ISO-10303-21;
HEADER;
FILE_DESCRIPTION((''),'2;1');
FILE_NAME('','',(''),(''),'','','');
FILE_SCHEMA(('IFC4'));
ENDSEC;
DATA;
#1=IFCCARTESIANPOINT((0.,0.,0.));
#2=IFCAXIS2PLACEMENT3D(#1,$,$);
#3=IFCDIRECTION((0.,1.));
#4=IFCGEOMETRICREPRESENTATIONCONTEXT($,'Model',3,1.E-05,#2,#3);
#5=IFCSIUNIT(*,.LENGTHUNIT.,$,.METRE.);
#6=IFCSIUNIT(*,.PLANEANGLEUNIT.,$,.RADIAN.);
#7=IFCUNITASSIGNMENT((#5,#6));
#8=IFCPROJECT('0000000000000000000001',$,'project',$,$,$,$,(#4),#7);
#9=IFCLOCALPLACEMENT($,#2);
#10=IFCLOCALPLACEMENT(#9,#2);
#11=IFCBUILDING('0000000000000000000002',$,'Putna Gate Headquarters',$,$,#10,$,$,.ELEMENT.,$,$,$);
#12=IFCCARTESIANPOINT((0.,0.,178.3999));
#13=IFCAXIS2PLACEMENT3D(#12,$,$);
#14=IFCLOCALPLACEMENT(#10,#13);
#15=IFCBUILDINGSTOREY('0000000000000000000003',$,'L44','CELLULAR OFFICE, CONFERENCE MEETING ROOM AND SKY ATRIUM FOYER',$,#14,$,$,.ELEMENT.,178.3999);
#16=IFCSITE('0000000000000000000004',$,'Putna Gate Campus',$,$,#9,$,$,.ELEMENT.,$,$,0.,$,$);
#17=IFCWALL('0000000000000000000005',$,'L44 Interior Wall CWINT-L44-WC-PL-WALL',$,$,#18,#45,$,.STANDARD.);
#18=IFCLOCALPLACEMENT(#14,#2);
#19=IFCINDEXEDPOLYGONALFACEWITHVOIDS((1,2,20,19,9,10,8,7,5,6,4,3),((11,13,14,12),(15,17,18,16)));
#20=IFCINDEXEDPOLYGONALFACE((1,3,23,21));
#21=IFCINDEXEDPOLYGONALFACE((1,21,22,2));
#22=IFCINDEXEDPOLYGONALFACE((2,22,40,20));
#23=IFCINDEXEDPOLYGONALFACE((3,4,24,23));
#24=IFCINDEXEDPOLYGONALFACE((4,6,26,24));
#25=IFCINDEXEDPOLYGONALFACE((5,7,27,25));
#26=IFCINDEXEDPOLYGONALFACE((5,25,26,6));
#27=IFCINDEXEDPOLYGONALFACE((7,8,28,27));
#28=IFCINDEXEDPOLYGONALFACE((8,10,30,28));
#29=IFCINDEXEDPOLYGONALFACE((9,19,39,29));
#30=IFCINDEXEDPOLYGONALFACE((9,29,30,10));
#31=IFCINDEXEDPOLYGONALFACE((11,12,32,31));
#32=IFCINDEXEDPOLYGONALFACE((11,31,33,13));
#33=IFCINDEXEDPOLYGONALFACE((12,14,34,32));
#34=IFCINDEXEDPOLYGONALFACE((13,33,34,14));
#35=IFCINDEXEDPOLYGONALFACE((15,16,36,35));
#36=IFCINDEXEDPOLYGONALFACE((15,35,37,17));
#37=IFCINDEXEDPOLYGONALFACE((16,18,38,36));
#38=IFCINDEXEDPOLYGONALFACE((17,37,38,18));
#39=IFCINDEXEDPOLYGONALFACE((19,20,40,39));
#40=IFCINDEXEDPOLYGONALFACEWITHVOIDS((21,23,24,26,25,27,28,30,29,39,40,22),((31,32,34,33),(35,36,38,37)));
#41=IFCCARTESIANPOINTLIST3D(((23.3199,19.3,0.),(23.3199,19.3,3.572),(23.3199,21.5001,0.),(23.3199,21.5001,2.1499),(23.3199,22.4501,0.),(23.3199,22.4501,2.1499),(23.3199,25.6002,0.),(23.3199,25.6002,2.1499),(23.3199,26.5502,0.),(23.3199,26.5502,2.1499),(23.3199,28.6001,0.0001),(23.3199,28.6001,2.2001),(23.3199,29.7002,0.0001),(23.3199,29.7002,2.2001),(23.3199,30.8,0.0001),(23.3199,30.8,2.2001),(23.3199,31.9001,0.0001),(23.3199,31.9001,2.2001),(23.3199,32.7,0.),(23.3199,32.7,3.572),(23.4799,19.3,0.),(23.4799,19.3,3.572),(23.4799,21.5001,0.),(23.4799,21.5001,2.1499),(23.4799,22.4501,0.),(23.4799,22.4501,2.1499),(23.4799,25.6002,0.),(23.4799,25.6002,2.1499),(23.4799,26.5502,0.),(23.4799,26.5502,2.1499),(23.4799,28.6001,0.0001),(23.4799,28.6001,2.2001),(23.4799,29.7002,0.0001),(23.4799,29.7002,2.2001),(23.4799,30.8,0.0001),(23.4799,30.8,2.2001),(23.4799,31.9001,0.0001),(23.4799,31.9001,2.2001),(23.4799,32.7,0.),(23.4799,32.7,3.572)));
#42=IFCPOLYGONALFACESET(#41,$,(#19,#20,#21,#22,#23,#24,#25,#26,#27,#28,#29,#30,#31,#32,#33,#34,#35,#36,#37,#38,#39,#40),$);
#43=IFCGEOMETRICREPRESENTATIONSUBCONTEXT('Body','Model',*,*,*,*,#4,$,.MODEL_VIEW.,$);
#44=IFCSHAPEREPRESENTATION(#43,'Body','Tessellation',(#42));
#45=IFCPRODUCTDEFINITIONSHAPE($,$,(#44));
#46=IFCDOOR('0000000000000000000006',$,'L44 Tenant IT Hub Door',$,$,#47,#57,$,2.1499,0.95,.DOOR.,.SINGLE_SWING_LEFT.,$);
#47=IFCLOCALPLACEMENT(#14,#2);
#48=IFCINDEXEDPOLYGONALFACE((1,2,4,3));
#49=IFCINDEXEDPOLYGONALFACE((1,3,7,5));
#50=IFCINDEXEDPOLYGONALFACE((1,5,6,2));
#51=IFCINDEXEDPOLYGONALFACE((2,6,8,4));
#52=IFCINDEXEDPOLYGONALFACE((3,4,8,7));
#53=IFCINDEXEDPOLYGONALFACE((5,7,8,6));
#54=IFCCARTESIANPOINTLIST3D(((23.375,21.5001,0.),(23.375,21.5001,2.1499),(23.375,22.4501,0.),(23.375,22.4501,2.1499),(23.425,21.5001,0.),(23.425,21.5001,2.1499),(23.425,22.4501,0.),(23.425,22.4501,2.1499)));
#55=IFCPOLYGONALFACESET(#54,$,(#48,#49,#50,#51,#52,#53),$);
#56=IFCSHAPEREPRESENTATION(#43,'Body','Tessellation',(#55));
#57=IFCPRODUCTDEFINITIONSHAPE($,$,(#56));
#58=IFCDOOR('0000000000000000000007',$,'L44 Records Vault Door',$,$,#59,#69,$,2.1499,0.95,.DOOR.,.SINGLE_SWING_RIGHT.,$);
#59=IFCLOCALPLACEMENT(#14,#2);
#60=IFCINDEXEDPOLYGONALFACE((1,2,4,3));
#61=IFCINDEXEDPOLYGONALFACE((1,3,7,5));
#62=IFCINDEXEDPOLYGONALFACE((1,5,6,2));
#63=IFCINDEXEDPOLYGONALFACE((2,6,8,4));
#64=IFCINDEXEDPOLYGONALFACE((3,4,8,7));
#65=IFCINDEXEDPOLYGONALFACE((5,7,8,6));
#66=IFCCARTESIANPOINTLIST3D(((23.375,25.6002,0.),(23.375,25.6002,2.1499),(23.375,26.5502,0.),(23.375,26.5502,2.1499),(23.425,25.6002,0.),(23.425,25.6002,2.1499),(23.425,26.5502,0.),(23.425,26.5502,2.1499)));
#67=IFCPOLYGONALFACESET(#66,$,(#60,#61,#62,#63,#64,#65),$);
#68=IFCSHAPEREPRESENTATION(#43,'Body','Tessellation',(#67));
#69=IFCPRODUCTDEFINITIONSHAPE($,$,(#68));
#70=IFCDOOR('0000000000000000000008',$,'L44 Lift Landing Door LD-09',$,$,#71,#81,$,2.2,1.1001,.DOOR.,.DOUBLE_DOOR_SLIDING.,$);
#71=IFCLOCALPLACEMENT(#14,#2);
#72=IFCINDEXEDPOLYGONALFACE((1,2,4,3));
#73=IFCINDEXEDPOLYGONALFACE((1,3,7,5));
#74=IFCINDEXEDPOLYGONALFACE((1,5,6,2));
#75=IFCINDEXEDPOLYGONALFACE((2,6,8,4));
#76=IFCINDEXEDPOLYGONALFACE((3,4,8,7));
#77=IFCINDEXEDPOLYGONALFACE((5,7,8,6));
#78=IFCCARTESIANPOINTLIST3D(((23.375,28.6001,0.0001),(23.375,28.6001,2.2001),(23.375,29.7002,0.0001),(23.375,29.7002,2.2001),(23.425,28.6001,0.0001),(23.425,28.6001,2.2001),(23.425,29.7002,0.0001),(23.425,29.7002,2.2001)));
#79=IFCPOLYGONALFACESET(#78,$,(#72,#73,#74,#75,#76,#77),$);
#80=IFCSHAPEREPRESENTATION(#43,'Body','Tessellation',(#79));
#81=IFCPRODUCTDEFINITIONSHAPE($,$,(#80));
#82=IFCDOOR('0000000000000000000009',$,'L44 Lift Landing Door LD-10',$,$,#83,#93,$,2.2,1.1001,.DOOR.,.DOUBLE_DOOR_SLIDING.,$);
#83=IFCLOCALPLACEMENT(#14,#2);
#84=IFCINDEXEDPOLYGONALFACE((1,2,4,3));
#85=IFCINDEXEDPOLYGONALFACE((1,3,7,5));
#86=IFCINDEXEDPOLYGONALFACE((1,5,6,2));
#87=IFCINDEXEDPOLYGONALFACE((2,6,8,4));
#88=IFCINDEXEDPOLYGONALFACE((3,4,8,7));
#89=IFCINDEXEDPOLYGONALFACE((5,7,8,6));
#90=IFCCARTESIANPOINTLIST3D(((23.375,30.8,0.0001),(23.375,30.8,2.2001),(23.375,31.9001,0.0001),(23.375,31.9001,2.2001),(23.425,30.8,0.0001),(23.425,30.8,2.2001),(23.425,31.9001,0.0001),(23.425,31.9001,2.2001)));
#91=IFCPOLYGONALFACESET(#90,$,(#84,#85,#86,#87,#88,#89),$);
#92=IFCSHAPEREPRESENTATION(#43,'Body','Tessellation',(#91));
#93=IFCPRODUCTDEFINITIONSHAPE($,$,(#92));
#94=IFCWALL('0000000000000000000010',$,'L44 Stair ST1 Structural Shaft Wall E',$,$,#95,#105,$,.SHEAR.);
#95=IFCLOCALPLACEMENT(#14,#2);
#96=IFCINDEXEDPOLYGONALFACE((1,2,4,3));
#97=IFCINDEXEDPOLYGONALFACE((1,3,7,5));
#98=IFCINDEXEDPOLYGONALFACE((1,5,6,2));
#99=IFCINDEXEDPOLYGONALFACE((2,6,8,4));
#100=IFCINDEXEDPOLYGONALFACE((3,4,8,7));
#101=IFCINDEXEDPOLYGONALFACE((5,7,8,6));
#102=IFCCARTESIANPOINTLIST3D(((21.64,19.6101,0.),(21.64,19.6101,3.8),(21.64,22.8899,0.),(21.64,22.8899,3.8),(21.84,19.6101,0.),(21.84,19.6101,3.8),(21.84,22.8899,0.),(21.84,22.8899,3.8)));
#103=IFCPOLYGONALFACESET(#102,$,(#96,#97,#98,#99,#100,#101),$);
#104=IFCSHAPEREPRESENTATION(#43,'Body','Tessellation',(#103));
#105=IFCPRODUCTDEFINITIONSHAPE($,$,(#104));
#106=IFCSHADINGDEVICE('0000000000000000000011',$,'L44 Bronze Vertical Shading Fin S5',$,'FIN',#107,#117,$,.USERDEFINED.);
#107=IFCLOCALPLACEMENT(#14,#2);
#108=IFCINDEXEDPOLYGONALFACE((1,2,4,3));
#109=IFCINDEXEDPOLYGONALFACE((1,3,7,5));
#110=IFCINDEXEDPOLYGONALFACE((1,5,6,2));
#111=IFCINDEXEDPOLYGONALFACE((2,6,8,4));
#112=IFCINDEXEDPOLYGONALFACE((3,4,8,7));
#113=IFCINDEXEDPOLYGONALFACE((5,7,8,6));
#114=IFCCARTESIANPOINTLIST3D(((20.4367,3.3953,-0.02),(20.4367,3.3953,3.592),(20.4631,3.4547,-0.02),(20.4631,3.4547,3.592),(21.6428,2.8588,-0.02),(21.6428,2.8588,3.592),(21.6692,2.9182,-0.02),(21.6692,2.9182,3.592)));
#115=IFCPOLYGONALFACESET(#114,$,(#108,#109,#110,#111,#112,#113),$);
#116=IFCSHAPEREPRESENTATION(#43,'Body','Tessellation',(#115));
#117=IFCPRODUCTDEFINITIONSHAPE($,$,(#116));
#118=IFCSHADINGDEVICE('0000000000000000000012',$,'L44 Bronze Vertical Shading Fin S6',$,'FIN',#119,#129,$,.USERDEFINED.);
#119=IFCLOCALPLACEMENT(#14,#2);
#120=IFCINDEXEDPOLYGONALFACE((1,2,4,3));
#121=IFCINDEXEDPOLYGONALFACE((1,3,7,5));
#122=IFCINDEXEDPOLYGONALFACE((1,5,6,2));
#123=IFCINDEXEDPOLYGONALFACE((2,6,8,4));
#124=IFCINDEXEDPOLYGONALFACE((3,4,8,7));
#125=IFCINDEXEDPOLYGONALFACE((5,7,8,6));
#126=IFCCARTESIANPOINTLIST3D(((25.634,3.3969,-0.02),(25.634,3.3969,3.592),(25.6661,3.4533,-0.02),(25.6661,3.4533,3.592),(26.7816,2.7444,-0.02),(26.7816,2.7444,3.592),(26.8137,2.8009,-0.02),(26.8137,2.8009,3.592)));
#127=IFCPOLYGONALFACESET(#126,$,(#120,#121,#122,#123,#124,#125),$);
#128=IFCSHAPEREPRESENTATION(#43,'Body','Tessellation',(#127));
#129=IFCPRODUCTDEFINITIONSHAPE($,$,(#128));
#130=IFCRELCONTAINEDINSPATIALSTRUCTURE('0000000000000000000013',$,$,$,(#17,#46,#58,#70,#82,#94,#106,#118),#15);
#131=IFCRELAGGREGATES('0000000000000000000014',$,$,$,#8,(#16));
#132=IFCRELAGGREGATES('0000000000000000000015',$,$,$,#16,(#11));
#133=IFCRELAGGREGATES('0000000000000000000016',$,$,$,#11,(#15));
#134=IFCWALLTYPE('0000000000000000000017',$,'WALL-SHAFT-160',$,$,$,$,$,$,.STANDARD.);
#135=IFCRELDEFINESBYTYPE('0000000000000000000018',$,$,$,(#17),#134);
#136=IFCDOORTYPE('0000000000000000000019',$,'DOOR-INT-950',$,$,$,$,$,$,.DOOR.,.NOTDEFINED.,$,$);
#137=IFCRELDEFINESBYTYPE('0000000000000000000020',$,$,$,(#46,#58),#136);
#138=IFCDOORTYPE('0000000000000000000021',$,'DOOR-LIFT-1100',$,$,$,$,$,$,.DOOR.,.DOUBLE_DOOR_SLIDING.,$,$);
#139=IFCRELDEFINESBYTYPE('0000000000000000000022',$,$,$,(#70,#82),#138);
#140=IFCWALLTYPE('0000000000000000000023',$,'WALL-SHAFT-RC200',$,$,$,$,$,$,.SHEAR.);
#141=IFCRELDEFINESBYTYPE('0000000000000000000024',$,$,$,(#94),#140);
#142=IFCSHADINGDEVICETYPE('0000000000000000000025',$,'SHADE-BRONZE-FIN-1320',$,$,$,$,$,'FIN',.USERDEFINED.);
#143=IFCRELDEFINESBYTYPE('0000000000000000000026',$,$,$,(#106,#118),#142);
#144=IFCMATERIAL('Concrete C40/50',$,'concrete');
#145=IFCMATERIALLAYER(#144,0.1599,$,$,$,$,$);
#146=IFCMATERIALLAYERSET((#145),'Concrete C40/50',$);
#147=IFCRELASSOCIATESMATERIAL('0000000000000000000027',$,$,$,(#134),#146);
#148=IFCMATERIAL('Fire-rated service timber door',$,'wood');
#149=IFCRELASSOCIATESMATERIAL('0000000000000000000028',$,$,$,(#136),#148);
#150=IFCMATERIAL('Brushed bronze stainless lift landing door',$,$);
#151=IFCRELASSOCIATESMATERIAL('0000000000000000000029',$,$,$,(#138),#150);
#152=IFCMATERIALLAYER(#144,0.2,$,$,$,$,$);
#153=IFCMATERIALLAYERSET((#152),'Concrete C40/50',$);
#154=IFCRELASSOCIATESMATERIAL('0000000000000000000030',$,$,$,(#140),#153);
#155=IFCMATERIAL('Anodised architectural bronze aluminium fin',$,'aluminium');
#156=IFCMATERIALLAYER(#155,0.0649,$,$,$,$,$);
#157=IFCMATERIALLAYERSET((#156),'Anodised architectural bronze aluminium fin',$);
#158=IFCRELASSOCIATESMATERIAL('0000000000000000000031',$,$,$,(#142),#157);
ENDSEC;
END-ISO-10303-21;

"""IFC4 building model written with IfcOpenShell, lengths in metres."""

from ifc_helpers import new_model, si_unit, direction, frame, frame_2d, origin, origin_2d, place, context, subcontext, project, spatial, rectangle, extrude, material, layer, layer_set, type_object, element, fill, save


model = new_model("IFC4")

# Units and contexts
model_context = context("Model", 3, precision=1e-05, world=origin(), true_north=direction((0.0, 1.0)))
body_context = subcontext(model_context, "Body", "Model", "MODEL_VIEW")
ifc_project = project(units=[si_unit("LENGTHUNIT", "METRE"), si_unit("PLANEANGLEUNIT", "RADIAN")], contexts=[model_context])

# Site, building, storey
site_placement = place(None, origin())
site = spatial("IfcSite", under=ifc_project, at=site_placement, Name="Putna Gate Campus", CompositionType="ELEMENT", RefElevation=0.0)
building_placement = place(site_placement, origin())
building = spatial("IfcBuilding", under=site, at=building_placement, Name="Putna Gate Headquarters", CompositionType="ELEMENT")
storey_placement = place(building_placement, frame((0.0, 0.0, 178.3999)))
storey = spatial("IfcBuildingStorey", under=building, at=storey_placement, Name="L44", Description="CELLULAR OFFICE, CONFERENCE MEETING ROOM AND SKY ATRIUM FOYER", CompositionType="ELEMENT", Elevation=178.3999)

# Wall, openings, doors
ifc_material_1 = material(Name="Concrete C40/50", Category="concrete")
ifc_layer_1 = layer(ifc_material_1, 0.1599)
ifc_layer_set_1 = layer_set([ifc_layer_1], Name="Concrete C40/50")
wall_type_1 = type_object("IfcWallType", Name="WALL-SHAFT-160", PredefinedType="STANDARD", material=ifc_layer_set_1)
wall_1_placement = place(storey_placement, frame((23.3999, 19.3, 0.0), z_axis=(0.0, 0.0, 1.0), x_axis=(0.0, 1.0, 0.0)))
wall_1 = element("IfcWall", 1, at=wall_1_placement, inside=storey, type_object=wall_type_1, Name="L44 Interior Wall CWINT-L44-WC-PL-WALL", PredefinedType="STANDARD", context=body_context, shape_type="SweptSolid", body=[
    extrude(rectangle(XDim=13.3999, YDim=0.1599, at=frame_2d((6.7, 0.0))), origin(), (0.0, 0.0, 1.0), 3.572),
])
opening_1_placement = place(wall_1_placement, frame((2.2, 0.0, 0.0)))
opening_1 = element("IfcOpeningElement", 2, at=opening_1_placement, cuts=wall_1, PredefinedType="OPENING", context=body_context, shape_type="SweptSolid", body=[
    extrude(rectangle(XDim=0.95, YDim=2.1499, at=frame_2d((0.4751, 1.075))), frame((0.0, 0.0898, 0.0), z_axis=(0.0, -1.0, 0.0), x_axis=(1.0, 0.0, 0.0)), (0.0, 0.0, 1.0), 0.1799),
])
opening_2_placement = place(wall_1_placement, frame((6.3, 0.0, 0.0)))
opening_2 = element("IfcOpeningElement", 3, at=opening_2_placement, cuts=wall_1, PredefinedType="OPENING", context=body_context, shape_type="SweptSolid", body=[
    extrude(rectangle(XDim=0.95, YDim=2.1499, at=frame_2d((0.4751, 1.075))), frame((0.0, 0.0898, 0.0), z_axis=(0.0, -1.0, 0.0), x_axis=(1.0, 0.0, 0.0)), (0.0, 0.0, 1.0), 0.1799),
])
opening_3_placement = place(wall_1_placement, frame((9.3, 0.0, 0.0)))
opening_3 = element("IfcOpeningElement", 4, at=opening_3_placement, cuts=wall_1, PredefinedType="OPENING", context=body_context, shape_type="SweptSolid", body=[
    extrude(rectangle(XDim=1.1001, YDim=2.2, at=frame_2d((0.55, 1.1001))), frame((0.0, 0.0898, 0.0), z_axis=(0.0, -1.0, 0.0), x_axis=(1.0, 0.0, 0.0)), (0.0, 0.0, 1.0), 0.1799),
])
opening_4_placement = place(wall_1_placement, frame((11.5, 0.0, 0.0)))
opening_4 = element("IfcOpeningElement", 5, at=opening_4_placement, cuts=wall_1, PredefinedType="OPENING", context=body_context, shape_type="SweptSolid", body=[
    extrude(rectangle(XDim=1.1001, YDim=2.2, at=frame_2d((0.55, 1.1001))), frame((0.0, 0.0898, 0.0), z_axis=(0.0, -1.0, 0.0), x_axis=(1.0, 0.0, 0.0)), (0.0, 0.0, 1.0), 0.1799),
])
ifc_material_2 = material(Name="Fire-rated service timber door", Category="wood")
door_type_1 = type_object("IfcDoorType", Name="DOOR-INT-950", OperationType="NOTDEFINED", PredefinedType="DOOR", material=ifc_material_2)
door_1_placement = place(opening_1_placement, origin())
door_1 = element("IfcDoor", 6, at=door_1_placement, inside=storey, type_object=door_type_1, Name="L44 Tenant IT Hub Door", OperationType="SINGLE_SWING_LEFT", OverallHeight=2.1499, OverallWidth=0.95, PredefinedType="DOOR", context=body_context, shape_type="SweptSolid", body=[
    extrude(rectangle(XDim=0.95, YDim=2.1499, at=frame_2d((0.4751, 1.075))), frame((0.0, 0.0249, 0.0), z_axis=(0.0, -1.0, 0.0), x_axis=(1.0, 0.0, 0.0)), (0.0, 0.0, 1.0), 0.05),
])
fill(opening_1, door_1)
door_2_placement = place(opening_2_placement, origin())
door_2 = element("IfcDoor", 7, at=door_2_placement, inside=storey, type_object=door_type_1, Name="L44 Records Vault Door", OperationType="SINGLE_SWING_RIGHT", OverallHeight=2.1499, OverallWidth=0.95, PredefinedType="DOOR", context=body_context, shape_type="SweptSolid", body=[
    extrude(rectangle(XDim=0.95, YDim=2.1499, at=frame_2d((0.4751, 1.075))), frame((0.0, 0.0249, 0.0), z_axis=(0.0, -1.0, 0.0), x_axis=(1.0, 0.0, 0.0)), (0.0, 0.0, 1.0), 0.05),
])
fill(opening_2, door_2)
ifc_material_3 = material(Name="Brushed bronze stainless lift landing door")
door_type_2 = type_object("IfcDoorType", Name="DOOR-LIFT-1100", OperationType="DOUBLE_DOOR_SLIDING", PredefinedType="DOOR", material=ifc_material_3)
door_3_placement = place(opening_3_placement, origin())
door_3 = element("IfcDoor", 8, at=door_3_placement, inside=storey, type_object=door_type_2, Name="L44 Lift Landing Door LD-09", OperationType="DOUBLE_DOOR_SLIDING", OverallHeight=2.2, OverallWidth=1.1001, PredefinedType="DOOR", context=body_context, shape_type="SweptSolid", body=[
    extrude(rectangle(XDim=1.1001, YDim=2.2, at=frame_2d((0.55, 1.1001))), frame((0.0, 0.0249, 0.0), z_axis=(0.0, -1.0, 0.0), x_axis=(1.0, 0.0, 0.0)), (0.0, 0.0, 1.0), 0.05),
])
fill(opening_3, door_3)
door_4_placement = place(opening_4_placement, origin())
door_4 = element("IfcDoor", 9, at=door_4_placement, inside=storey, type_object=door_type_2, Name="L44 Lift Landing Door LD-10", OperationType="DOUBLE_DOOR_SLIDING", OverallHeight=2.2, OverallWidth=1.1001, PredefinedType="DOOR", context=body_context, shape_type="SweptSolid", body=[
    extrude(rectangle(XDim=1.1001, YDim=2.2, at=frame_2d((0.55, 1.1001))), frame((0.0, 0.0249, 0.0), z_axis=(0.0, -1.0, 0.0), x_axis=(1.0, 0.0, 0.0)), (0.0, 0.0, 1.0), 0.05),
])
fill(opening_4, door_4)

# Wall
ifc_layer_2 = layer(ifc_material_1, 0.2)
ifc_layer_set_2 = layer_set([ifc_layer_2], Name="Concrete C40/50")
wall_type_2 = type_object("IfcWallType", Name="WALL-SHAFT-RC200", PredefinedType="SHEAR", material=ifc_layer_set_2)
wall_2_placement = place(storey_placement, frame((21.74, 19.6101, 0.0), z_axis=(0.0, 0.0, 1.0), x_axis=(0.0, 1.0, 0.0)))
element("IfcWall", 10, at=wall_2_placement, inside=storey, type_object=wall_type_2, Name="L44 Stair ST1 Structural Shaft Wall E", PredefinedType="SHEAR", context=body_context, shape_type="SweptSolid", body=[
    extrude(rectangle(XDim=3.2798, YDim=0.2, at=frame_2d((1.6399, 0.0))), origin(), (0.0, 0.0, 1.0), 3.8),
])

# Shading devices
ifc_material_4 = material(Name="Anodised architectural bronze aluminium fin", Category="aluminium")
ifc_layer_3 = layer(ifc_material_4, 0.0649)
ifc_layer_set_3 = layer_set([ifc_layer_3], Name="Anodised architectural bronze aluminium fin")
shading_device_type = type_object("IfcShadingDeviceType", Name="SHADE-BRONZE-FIN-1320", ElementType="FIN", PredefinedType="USERDEFINED", material=ifc_layer_set_3)
for number, where, z_axis, x_axis, name in (
    (11, (21.053, 3.1567, -0.02), (0.0, 0.0, 1.0), (0.913687, -0.406418, 0.0), "L44 Bronze Vertical Shading Fin S5"),
    (12, (26.2239, 3.0989, -0.02), (0.0, 0.0, 1.0), (0.869322, -0.494245, 0.0), "L44 Bronze Vertical Shading Fin S6"),
):
    element("IfcShadingDevice", number, at=place(storey_placement, frame(where, z_axis=z_axis, x_axis=x_axis)), inside=storey, type_object=shading_device_type, Name=name, ObjectType="FIN", PredefinedType="USERDEFINED", context=body_context, shape_type="SweptSolid", body=[
        extrude(rectangle(XDim=1.3201, YDim=0.0649, at=origin_2d()), origin(), (0.0, 0.0, 1.0), 3.6121),
    ])

save(model, "model.ifc")
